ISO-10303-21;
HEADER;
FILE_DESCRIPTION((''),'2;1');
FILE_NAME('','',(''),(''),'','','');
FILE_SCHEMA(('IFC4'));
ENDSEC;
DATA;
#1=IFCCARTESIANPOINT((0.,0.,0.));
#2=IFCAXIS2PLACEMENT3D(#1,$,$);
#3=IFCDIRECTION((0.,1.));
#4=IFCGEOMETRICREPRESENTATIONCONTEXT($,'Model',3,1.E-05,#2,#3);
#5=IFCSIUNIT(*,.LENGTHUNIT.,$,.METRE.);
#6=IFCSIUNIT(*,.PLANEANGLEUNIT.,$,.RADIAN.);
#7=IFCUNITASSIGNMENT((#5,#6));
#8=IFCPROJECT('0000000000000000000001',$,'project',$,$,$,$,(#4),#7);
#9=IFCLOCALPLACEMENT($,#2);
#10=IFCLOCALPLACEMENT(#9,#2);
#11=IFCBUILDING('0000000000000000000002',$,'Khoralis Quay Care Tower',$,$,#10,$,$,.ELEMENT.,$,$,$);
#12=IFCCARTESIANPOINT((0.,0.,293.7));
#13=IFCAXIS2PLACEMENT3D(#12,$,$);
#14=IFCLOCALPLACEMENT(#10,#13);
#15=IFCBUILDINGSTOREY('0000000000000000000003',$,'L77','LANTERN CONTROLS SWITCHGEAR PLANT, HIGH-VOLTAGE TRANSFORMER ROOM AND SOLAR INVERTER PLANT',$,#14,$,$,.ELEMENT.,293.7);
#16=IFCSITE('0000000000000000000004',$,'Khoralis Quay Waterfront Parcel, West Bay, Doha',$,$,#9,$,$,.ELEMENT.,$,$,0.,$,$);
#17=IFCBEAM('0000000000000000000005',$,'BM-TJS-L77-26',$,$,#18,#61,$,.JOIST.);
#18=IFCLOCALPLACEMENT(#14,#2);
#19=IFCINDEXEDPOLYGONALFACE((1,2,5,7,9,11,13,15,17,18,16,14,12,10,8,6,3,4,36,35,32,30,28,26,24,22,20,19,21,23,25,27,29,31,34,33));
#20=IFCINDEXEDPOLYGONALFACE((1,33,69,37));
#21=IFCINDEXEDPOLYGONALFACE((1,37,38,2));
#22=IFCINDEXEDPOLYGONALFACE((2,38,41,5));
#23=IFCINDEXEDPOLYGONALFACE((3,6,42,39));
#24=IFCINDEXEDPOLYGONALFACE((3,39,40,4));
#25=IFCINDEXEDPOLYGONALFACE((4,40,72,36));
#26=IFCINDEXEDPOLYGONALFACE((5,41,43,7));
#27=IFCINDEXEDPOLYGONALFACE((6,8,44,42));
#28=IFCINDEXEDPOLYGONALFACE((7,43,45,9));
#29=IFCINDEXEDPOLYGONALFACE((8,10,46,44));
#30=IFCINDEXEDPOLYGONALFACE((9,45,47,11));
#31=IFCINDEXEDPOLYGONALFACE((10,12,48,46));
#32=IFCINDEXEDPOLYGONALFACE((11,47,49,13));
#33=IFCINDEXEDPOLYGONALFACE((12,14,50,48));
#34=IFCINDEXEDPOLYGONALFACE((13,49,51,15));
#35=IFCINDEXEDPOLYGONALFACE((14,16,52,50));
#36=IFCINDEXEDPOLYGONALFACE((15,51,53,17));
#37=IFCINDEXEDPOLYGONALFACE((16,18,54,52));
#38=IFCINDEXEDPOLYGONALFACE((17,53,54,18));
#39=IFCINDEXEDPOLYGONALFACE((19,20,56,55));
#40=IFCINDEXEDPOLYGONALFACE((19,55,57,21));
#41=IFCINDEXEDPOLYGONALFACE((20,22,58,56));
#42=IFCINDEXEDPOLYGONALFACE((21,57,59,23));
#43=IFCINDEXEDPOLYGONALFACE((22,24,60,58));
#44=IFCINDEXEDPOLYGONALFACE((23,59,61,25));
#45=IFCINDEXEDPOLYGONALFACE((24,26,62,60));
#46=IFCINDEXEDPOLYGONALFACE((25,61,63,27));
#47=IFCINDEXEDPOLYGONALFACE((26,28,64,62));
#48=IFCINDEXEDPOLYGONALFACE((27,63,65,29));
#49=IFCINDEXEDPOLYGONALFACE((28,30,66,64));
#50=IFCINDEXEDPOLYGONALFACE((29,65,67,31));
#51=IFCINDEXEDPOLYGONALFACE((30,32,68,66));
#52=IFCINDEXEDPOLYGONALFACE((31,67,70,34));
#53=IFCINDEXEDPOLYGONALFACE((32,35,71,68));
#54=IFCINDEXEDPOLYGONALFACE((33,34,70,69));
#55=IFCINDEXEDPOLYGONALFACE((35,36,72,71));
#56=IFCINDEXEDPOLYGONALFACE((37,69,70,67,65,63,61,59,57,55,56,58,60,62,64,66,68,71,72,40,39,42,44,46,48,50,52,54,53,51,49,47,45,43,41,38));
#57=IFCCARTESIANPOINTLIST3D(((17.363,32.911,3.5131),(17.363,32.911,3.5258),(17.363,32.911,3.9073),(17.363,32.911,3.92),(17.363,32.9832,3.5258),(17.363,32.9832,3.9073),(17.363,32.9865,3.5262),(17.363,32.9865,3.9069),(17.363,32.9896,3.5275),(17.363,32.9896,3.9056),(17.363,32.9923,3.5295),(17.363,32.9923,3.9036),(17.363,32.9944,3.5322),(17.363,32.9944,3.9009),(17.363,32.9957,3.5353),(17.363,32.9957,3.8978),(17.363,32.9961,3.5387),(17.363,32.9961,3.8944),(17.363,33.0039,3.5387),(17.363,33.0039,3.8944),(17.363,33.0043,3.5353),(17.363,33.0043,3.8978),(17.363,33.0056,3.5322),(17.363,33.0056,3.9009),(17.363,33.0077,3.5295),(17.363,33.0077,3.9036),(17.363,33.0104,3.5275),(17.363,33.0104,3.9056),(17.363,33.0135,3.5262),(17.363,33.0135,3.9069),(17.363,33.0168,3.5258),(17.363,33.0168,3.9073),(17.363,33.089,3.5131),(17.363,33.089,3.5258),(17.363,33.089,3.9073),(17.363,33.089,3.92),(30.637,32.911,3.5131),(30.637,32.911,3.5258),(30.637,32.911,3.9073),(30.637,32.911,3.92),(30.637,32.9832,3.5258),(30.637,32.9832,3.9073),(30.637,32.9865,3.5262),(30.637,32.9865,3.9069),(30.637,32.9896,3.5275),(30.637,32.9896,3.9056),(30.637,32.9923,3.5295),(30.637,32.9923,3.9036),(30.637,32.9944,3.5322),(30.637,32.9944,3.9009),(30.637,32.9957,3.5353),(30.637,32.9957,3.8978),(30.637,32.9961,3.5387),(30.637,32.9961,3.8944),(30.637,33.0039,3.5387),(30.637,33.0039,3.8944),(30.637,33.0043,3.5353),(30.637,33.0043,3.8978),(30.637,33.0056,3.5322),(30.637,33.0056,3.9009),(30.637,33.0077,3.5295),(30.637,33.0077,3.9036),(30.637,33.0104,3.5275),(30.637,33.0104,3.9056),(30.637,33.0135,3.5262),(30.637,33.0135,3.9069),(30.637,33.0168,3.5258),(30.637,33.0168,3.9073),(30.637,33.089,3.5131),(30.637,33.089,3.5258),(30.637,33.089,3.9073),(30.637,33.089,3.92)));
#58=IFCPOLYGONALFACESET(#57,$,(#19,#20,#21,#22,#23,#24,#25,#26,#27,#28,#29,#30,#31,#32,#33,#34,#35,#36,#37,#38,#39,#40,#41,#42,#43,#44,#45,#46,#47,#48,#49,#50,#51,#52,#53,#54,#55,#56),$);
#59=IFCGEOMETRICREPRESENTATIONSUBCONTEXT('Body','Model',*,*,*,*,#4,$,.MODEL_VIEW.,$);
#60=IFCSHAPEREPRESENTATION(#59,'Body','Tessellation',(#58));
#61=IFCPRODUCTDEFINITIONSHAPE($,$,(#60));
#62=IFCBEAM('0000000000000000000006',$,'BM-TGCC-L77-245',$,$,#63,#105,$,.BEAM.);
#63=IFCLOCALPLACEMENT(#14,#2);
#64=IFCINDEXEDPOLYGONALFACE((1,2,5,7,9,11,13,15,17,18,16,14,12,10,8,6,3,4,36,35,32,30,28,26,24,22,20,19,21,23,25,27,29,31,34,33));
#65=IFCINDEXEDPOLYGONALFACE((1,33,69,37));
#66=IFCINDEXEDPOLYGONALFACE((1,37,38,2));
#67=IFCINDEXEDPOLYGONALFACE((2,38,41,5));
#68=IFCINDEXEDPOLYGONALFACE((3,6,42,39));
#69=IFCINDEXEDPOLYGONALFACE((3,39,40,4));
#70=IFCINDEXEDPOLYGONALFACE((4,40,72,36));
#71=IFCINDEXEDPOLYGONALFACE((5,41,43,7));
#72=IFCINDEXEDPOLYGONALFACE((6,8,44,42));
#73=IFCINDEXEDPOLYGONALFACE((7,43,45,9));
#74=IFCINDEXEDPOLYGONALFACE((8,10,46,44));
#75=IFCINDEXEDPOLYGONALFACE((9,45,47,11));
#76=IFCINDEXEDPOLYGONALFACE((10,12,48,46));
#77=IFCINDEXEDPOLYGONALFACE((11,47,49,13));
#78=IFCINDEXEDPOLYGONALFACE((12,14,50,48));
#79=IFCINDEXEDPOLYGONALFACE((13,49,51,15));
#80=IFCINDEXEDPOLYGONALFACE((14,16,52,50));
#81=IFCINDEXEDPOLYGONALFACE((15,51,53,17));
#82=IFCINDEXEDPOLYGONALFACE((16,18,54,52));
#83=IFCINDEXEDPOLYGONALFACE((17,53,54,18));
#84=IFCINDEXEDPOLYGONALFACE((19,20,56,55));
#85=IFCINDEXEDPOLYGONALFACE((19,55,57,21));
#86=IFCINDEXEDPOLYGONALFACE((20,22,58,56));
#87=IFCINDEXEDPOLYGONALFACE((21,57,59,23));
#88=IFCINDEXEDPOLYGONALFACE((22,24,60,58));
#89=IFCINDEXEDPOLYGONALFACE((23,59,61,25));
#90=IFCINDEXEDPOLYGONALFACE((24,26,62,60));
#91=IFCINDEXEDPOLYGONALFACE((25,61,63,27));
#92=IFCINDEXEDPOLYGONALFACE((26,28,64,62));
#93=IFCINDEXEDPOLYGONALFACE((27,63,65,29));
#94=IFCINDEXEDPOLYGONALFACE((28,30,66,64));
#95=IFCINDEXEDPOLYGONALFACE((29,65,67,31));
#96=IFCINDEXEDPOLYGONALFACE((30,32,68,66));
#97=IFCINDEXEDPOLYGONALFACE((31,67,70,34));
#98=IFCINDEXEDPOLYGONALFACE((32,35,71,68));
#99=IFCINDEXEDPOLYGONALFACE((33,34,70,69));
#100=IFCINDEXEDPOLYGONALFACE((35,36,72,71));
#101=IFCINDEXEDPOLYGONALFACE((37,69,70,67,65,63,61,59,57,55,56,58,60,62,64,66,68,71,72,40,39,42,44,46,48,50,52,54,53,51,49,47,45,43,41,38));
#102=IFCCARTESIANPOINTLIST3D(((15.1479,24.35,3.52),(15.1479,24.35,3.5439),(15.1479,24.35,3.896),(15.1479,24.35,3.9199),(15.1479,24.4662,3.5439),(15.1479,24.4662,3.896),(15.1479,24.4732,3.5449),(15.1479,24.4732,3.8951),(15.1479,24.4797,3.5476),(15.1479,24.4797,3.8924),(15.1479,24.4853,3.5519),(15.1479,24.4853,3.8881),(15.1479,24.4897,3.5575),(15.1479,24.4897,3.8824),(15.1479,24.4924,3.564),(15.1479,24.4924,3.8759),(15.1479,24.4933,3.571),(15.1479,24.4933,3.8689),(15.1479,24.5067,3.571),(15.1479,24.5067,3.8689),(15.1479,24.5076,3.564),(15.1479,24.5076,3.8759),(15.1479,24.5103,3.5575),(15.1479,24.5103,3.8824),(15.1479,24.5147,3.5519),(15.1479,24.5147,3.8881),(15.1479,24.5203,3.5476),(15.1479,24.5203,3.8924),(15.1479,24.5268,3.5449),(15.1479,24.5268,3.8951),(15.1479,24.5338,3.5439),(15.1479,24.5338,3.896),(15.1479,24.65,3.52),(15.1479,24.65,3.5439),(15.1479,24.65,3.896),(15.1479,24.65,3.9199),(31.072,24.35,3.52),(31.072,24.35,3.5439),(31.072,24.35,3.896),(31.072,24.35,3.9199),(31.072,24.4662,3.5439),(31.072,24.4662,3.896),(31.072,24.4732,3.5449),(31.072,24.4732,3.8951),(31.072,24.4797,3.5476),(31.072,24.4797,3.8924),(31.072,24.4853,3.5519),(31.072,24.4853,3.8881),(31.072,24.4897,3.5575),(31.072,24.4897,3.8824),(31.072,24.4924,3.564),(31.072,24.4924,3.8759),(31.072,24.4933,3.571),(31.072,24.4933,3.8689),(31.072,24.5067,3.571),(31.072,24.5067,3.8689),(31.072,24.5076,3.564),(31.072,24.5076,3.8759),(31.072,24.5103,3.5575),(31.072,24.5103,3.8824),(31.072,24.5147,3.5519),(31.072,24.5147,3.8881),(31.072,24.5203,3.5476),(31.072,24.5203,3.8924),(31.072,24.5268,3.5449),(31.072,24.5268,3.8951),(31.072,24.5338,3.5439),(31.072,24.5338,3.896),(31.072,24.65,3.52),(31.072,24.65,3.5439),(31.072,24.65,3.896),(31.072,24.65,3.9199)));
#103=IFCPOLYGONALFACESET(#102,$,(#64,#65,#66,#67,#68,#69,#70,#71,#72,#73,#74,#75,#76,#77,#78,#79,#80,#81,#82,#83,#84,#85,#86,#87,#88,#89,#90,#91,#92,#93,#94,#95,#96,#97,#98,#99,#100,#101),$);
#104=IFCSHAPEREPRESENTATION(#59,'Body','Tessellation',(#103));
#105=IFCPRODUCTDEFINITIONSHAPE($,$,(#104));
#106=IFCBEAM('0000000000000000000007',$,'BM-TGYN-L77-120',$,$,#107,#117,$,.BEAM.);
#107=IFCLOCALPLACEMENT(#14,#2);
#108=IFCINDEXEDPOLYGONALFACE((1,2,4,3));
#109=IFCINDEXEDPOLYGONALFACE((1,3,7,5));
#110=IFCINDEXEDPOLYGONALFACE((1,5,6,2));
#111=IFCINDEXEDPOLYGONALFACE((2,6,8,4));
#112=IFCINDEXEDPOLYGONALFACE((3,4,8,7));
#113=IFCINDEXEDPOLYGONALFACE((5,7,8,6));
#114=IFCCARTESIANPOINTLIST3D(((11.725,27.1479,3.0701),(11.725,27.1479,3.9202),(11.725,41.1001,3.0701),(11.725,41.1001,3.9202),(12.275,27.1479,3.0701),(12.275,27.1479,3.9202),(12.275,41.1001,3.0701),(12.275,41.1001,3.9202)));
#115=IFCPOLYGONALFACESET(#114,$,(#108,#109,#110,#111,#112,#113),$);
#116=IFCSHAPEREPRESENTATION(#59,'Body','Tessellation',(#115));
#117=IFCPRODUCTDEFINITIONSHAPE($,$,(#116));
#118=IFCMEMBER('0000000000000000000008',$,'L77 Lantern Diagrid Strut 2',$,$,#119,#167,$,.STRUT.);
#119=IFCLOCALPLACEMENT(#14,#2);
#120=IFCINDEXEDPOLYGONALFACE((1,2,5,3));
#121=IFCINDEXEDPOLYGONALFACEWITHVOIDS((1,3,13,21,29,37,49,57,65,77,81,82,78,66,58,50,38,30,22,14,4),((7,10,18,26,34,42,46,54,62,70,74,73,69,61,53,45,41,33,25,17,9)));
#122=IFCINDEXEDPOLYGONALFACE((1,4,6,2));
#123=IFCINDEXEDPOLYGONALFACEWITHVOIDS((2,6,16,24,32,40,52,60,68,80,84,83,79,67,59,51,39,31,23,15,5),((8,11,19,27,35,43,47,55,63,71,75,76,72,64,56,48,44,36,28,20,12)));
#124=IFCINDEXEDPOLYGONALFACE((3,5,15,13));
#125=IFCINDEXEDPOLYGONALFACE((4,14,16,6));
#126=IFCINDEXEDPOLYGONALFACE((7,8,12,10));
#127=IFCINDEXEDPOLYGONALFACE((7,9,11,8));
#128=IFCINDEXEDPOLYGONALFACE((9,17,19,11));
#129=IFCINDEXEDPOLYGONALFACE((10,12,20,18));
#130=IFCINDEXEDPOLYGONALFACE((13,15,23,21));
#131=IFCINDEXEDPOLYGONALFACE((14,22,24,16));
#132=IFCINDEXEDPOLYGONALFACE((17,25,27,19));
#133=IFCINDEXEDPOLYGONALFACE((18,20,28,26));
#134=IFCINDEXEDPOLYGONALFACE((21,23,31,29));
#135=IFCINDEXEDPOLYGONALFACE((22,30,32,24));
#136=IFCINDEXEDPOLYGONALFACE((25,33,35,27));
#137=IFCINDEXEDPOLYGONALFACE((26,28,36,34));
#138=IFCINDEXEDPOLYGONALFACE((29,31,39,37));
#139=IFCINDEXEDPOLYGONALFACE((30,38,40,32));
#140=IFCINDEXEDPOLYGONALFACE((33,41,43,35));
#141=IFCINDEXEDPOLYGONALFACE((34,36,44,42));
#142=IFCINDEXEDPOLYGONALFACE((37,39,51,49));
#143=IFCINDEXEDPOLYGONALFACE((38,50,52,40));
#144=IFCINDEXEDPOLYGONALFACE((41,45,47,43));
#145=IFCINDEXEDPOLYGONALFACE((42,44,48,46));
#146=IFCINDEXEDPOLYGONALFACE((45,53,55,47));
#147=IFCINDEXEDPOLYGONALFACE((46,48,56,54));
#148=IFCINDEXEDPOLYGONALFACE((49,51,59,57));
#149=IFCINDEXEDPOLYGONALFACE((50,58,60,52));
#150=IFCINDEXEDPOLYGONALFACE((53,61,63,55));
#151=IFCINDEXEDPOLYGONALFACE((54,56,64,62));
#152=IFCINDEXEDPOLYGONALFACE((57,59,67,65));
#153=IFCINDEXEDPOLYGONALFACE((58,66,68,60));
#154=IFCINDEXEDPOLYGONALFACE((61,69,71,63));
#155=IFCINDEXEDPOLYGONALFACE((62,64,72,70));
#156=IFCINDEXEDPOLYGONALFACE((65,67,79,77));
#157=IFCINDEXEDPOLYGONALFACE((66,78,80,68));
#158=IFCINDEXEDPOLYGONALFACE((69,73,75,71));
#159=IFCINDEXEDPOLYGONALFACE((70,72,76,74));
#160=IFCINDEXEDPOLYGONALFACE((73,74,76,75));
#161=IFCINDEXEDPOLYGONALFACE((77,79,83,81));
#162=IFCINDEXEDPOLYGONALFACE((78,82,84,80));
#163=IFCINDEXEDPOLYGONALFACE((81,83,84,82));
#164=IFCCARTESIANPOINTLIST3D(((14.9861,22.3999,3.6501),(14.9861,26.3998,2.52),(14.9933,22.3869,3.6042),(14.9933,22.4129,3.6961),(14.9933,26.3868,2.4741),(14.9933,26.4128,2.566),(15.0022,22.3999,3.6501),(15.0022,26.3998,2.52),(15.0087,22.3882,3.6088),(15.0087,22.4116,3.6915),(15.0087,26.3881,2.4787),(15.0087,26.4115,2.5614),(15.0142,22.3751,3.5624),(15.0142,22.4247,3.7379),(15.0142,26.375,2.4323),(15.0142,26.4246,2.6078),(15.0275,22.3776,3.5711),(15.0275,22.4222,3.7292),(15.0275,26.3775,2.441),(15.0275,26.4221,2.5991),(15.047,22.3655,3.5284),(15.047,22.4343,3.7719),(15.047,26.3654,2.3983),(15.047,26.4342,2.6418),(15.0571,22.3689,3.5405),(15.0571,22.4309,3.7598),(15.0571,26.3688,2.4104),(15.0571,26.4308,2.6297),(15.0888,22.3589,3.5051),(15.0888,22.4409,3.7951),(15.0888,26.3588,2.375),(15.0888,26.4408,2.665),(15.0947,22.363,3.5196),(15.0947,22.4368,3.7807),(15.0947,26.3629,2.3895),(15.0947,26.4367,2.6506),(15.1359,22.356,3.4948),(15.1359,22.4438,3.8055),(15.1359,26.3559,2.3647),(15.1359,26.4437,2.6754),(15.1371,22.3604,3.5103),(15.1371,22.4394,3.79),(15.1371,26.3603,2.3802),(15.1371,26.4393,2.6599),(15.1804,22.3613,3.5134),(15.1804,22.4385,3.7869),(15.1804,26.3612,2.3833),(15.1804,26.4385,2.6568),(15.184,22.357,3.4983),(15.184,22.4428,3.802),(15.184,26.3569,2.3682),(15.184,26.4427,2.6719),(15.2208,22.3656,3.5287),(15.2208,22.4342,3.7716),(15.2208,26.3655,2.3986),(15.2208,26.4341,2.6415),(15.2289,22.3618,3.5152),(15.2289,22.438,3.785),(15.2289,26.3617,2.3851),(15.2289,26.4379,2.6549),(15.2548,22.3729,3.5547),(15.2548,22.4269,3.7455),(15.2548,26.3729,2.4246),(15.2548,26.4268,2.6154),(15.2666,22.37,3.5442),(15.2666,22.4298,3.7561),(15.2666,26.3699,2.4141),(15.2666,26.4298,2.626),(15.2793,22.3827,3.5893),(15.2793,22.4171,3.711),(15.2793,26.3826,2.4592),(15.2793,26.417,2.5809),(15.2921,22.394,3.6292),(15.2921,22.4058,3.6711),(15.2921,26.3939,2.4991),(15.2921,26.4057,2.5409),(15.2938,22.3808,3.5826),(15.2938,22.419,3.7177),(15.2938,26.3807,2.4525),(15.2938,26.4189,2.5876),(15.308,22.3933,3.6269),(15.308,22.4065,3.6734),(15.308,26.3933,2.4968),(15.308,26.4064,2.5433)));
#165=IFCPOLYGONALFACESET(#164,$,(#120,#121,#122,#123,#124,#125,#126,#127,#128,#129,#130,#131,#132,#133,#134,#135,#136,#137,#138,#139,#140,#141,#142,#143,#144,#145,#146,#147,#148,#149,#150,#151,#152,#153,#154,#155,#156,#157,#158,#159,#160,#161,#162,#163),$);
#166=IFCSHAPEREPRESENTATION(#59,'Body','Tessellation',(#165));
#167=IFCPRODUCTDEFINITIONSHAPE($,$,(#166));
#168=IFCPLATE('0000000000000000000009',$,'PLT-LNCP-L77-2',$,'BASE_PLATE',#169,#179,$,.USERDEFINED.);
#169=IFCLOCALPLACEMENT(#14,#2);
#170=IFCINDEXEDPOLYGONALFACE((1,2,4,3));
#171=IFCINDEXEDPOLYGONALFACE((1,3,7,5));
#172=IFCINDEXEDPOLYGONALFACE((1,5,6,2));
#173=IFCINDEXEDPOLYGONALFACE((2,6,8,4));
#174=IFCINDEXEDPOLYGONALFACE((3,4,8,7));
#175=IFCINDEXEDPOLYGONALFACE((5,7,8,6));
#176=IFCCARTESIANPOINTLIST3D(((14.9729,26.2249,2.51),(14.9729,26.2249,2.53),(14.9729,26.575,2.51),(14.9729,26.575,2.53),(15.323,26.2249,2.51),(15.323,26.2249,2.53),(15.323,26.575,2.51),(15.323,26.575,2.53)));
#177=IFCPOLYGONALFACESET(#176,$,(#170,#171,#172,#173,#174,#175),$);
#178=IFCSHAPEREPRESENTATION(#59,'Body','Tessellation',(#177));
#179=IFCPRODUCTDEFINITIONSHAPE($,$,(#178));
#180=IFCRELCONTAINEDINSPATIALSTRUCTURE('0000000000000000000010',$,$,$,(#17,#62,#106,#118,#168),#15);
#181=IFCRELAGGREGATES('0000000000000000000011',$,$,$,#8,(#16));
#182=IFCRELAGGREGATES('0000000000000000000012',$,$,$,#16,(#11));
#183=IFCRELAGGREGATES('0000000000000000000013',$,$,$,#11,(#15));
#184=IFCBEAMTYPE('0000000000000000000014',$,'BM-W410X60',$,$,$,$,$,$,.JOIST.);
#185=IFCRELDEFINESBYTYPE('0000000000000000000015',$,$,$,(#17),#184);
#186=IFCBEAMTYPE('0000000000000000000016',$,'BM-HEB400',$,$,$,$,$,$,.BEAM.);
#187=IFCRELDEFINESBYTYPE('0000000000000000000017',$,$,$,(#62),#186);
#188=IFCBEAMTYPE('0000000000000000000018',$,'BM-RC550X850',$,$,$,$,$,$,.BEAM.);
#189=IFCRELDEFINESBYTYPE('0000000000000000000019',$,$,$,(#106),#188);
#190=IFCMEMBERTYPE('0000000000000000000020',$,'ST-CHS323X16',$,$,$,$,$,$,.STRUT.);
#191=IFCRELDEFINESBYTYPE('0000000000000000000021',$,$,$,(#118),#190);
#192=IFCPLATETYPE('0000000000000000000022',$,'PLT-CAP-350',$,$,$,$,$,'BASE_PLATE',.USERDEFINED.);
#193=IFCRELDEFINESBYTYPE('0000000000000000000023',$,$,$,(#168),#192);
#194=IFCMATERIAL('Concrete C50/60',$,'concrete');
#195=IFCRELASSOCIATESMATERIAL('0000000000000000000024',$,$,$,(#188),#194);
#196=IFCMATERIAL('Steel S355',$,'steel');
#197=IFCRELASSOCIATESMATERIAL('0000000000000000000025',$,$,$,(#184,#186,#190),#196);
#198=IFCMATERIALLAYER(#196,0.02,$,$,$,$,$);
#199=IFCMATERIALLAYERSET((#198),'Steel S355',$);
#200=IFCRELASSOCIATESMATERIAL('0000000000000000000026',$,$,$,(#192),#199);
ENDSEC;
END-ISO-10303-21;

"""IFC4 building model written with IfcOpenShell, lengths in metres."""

from ifc_helpers import new_model, si_unit, direction, frame, origin, origin_2d, place, context, subcontext, project, spatial, rectangle, hollow_circle, i_section, extrude, source, transform, mapped, material, layer, layer_set, material_profile, profile_set, type_object, element, save


model = new_model("IFC4")

# Units and contexts
model_context = context("Model", 3, precision=1e-05, world=origin(), true_north=direction((0.0, 1.0)))
body_context = subcontext(model_context, "Body", "Model", "MODEL_VIEW")
ifc_project = project(units=[si_unit("LENGTHUNIT", "METRE"), si_unit("PLANEANGLEUNIT", "RADIAN")], contexts=[model_context])

# Site, building, storey
site_placement = place(None, origin())
site = spatial("IfcSite", under=ifc_project, at=site_placement, Name="Khoralis Quay Waterfront Parcel, West Bay, Doha", CompositionType="ELEMENT", RefElevation=0.0)
building_placement = place(site_placement, origin())
building = spatial("IfcBuilding", under=site, at=building_placement, Name="Khoralis Quay Care Tower", CompositionType="ELEMENT")
storey_placement = place(building_placement, frame((0.0, 0.0, 293.7)))
storey = spatial("IfcBuildingStorey", under=building, at=storey_placement, Name="L77", Description="LANTERN CONTROLS SWITCHGEAR PLANT, HIGH-VOLTAGE TRANSFORMER ROOM AND SOLAR INVERTER PLANT", CompositionType="ELEMENT", Elevation=293.7)

# Shared definitions
ifc_material_1 = material(Name="Concrete C50/60", Category="concrete")

# Beams
ifc_material_profile_1 = material_profile(ifc_material_1, rectangle(XDim=0.55, YDim=0.8501, at=origin_2d()), Name="Concrete C50/60")
ifc_profile_set_1 = profile_set([ifc_material_profile_1], Name="Concrete C50/60")
beam_type_1 = type_object("IfcBeamType", Name="BM-RC550X850", PredefinedType="BEAM", material=ifc_profile_set_1)
ifc_material_2 = material(Name="Steel S355", Category="steel")
ifc_material_profile_2 = material_profile(ifc_material_2, i_section(OverallWidth=0.178, OverallDepth=0.407, WebThickness=0.0078, FlangeThickness=0.0127, FilletRadius=0.0129, at=origin_2d()), Name="Steel S355")
ifc_profile_set_2 = profile_set([ifc_material_profile_2], Name="Steel S355")
beam_type_2 = type_object("IfcBeamType", Name="BM-W410X60", PredefinedType="JOIST", material=ifc_profile_set_2)
ifc_material_profile_3 = material_profile(ifc_material_2, i_section(OverallWidth=0.3, OverallDepth=0.3999, WebThickness=0.0134, FlangeThickness=0.0239, FilletRadius=0.0271, at=origin_2d()), Name="Steel S355")
ifc_profile_set_3 = profile_set([ifc_material_profile_3], Name="Steel S355")
beam_type_3 = type_object("IfcBeamType", Name="BM-HEB400", PredefinedType="BEAM", material=ifc_profile_set_3)
shared_shape_1 = source(origin(), body_context, "Body", "SweptSolid", [
    extrude(i_section(OverallWidth=0.178, OverallDepth=0.407, WebThickness=0.0078, FlangeThickness=0.0127, FilletRadius=0.0129, at=origin_2d()), origin(), (0.0, 0.0, 1.0), 13.2739),
])
beam_1_placement = place(storey_placement, frame((17.363, 33.0, 3.7166), z_axis=(1.0, 0.0, 0.0), x_axis=(0.0, 1.0, 0.0)))
element("IfcBeam", 1, at=beam_1_placement, inside=storey, type_object=beam_type_2, Name="BM-TJS-L77-26", PredefinedType="JOIST", context=body_context, shape_type="MappedRepresentation", body=[
    mapped(shared_shape_1, transform((0.0, 0.0, 0.0), scale=1.0)),
])
shared_shape_2 = source(origin(), body_context, "Body", "SweptSolid", [
    extrude(i_section(OverallWidth=0.3, OverallDepth=0.3999, WebThickness=0.0134, FlangeThickness=0.0239, FilletRadius=0.0271, at=origin_2d()), origin(), (0.0, 0.0, 1.0), 15.9241),
])
beam_2_placement = place(storey_placement, frame((15.1479, 24.5, 3.72), z_axis=(1.0, 0.0, 0.0), x_axis=(0.0, 1.0, 0.0)))
element("IfcBeam", 2, at=beam_2_placement, inside=storey, type_object=beam_type_3, Name="BM-TGCC-L77-245", PredefinedType="BEAM", context=body_context, shape_type="MappedRepresentation", body=[
    mapped(shared_shape_2, transform((0.0, 0.0, 0.0), scale=1.0)),
])
shared_shape_3 = source(origin(), body_context, "Body", "SweptSolid", [
    extrude(rectangle(XDim=0.55, YDim=0.8501, at=origin_2d()), origin(), (0.0, 0.0, 1.0), 13.9521),
])
beam_3_placement = place(storey_placement, frame((12.0, 27.1479, 3.4951), z_axis=(0.0, 1.0, 0.0), x_axis=(-1.0, 0.0, 0.0)))
element("IfcBeam", 3, at=beam_3_placement, inside=storey, type_object=beam_type_1, Name="BM-TGYN-L77-120", PredefinedType="BEAM", context=body_context, shape_type="MappedRepresentation", body=[
    mapped(shared_shape_3, transform((0.0, 0.0, 0.0), scale=1.0)),
])

# Member
ifc_material_profile_4 = material_profile(ifc_material_2, hollow_circle(Radius=0.1619, WallThickness=0.0161, at=origin_2d()), Name="Steel S355")
ifc_profile_set_4 = profile_set([ifc_material_profile_4], Name="Steel S355")
member_type = type_object("IfcMemberType", Name="ST-CHS323X16", PredefinedType="STRUT", material=ifc_profile_set_4)
shared_shape_4 = source(origin(), body_context, "Body", "SweptSolid", [
    extrude(hollow_circle(Radius=0.1619, WallThickness=0.0161, at=origin_2d()), origin(), (0.0, 0.0, 1.0), 4.1565),
])
member_placement = place(storey_placement, frame((15.1479, 22.3999, 3.6501), z_axis=(0.0, 0.962329, -0.271888), x_axis=(-1.0, 0.0, 0.0)))
element("IfcMember", 4, at=member_placement, inside=storey, type_object=member_type, Name="L77 Lantern Diagrid Strut 2", PredefinedType="STRUT", context=body_context, shape_type="MappedRepresentation", body=[
    mapped(shared_shape_4, transform((0.0, 0.0, 0.0), scale=1.0)),
])

# Plate
ifc_layer_1 = layer(ifc_material_2, 0.02)
ifc_layer_set_1 = layer_set([ifc_layer_1], Name="Steel S355")
plate_type_1 = type_object("IfcPlateType", Name="PLT-CAP-350", ElementType="BASE_PLATE", PredefinedType="USERDEFINED", material=ifc_layer_set_1)
shared_shape_5 = source(origin(), body_context, "Body", "SweptSolid", [
    extrude(rectangle(XDim=0.3501, YDim=0.3501, at=origin_2d()), origin(), (0.0, 0.0, 1.0), 0.02),
])
plate_1_placement = place(storey_placement, frame((15.1479, 26.3999, 2.51), z_axis=(0.0, 0.0, 1.0), x_axis=(1.0, 0.0, 0.0)))
element("IfcPlate", 5, at=plate_1_placement, inside=storey, type_object=plate_type_1, Name="PLT-LNCP-L77-2", ObjectType="BASE_PLATE", PredefinedType="USERDEFINED", context=body_context, shape_type="MappedRepresentation", body=[
    mapped(shared_shape_5, transform((0.0, 0.0, 0.0), scale=1.0)),
])

save(model, "model.ifc")
